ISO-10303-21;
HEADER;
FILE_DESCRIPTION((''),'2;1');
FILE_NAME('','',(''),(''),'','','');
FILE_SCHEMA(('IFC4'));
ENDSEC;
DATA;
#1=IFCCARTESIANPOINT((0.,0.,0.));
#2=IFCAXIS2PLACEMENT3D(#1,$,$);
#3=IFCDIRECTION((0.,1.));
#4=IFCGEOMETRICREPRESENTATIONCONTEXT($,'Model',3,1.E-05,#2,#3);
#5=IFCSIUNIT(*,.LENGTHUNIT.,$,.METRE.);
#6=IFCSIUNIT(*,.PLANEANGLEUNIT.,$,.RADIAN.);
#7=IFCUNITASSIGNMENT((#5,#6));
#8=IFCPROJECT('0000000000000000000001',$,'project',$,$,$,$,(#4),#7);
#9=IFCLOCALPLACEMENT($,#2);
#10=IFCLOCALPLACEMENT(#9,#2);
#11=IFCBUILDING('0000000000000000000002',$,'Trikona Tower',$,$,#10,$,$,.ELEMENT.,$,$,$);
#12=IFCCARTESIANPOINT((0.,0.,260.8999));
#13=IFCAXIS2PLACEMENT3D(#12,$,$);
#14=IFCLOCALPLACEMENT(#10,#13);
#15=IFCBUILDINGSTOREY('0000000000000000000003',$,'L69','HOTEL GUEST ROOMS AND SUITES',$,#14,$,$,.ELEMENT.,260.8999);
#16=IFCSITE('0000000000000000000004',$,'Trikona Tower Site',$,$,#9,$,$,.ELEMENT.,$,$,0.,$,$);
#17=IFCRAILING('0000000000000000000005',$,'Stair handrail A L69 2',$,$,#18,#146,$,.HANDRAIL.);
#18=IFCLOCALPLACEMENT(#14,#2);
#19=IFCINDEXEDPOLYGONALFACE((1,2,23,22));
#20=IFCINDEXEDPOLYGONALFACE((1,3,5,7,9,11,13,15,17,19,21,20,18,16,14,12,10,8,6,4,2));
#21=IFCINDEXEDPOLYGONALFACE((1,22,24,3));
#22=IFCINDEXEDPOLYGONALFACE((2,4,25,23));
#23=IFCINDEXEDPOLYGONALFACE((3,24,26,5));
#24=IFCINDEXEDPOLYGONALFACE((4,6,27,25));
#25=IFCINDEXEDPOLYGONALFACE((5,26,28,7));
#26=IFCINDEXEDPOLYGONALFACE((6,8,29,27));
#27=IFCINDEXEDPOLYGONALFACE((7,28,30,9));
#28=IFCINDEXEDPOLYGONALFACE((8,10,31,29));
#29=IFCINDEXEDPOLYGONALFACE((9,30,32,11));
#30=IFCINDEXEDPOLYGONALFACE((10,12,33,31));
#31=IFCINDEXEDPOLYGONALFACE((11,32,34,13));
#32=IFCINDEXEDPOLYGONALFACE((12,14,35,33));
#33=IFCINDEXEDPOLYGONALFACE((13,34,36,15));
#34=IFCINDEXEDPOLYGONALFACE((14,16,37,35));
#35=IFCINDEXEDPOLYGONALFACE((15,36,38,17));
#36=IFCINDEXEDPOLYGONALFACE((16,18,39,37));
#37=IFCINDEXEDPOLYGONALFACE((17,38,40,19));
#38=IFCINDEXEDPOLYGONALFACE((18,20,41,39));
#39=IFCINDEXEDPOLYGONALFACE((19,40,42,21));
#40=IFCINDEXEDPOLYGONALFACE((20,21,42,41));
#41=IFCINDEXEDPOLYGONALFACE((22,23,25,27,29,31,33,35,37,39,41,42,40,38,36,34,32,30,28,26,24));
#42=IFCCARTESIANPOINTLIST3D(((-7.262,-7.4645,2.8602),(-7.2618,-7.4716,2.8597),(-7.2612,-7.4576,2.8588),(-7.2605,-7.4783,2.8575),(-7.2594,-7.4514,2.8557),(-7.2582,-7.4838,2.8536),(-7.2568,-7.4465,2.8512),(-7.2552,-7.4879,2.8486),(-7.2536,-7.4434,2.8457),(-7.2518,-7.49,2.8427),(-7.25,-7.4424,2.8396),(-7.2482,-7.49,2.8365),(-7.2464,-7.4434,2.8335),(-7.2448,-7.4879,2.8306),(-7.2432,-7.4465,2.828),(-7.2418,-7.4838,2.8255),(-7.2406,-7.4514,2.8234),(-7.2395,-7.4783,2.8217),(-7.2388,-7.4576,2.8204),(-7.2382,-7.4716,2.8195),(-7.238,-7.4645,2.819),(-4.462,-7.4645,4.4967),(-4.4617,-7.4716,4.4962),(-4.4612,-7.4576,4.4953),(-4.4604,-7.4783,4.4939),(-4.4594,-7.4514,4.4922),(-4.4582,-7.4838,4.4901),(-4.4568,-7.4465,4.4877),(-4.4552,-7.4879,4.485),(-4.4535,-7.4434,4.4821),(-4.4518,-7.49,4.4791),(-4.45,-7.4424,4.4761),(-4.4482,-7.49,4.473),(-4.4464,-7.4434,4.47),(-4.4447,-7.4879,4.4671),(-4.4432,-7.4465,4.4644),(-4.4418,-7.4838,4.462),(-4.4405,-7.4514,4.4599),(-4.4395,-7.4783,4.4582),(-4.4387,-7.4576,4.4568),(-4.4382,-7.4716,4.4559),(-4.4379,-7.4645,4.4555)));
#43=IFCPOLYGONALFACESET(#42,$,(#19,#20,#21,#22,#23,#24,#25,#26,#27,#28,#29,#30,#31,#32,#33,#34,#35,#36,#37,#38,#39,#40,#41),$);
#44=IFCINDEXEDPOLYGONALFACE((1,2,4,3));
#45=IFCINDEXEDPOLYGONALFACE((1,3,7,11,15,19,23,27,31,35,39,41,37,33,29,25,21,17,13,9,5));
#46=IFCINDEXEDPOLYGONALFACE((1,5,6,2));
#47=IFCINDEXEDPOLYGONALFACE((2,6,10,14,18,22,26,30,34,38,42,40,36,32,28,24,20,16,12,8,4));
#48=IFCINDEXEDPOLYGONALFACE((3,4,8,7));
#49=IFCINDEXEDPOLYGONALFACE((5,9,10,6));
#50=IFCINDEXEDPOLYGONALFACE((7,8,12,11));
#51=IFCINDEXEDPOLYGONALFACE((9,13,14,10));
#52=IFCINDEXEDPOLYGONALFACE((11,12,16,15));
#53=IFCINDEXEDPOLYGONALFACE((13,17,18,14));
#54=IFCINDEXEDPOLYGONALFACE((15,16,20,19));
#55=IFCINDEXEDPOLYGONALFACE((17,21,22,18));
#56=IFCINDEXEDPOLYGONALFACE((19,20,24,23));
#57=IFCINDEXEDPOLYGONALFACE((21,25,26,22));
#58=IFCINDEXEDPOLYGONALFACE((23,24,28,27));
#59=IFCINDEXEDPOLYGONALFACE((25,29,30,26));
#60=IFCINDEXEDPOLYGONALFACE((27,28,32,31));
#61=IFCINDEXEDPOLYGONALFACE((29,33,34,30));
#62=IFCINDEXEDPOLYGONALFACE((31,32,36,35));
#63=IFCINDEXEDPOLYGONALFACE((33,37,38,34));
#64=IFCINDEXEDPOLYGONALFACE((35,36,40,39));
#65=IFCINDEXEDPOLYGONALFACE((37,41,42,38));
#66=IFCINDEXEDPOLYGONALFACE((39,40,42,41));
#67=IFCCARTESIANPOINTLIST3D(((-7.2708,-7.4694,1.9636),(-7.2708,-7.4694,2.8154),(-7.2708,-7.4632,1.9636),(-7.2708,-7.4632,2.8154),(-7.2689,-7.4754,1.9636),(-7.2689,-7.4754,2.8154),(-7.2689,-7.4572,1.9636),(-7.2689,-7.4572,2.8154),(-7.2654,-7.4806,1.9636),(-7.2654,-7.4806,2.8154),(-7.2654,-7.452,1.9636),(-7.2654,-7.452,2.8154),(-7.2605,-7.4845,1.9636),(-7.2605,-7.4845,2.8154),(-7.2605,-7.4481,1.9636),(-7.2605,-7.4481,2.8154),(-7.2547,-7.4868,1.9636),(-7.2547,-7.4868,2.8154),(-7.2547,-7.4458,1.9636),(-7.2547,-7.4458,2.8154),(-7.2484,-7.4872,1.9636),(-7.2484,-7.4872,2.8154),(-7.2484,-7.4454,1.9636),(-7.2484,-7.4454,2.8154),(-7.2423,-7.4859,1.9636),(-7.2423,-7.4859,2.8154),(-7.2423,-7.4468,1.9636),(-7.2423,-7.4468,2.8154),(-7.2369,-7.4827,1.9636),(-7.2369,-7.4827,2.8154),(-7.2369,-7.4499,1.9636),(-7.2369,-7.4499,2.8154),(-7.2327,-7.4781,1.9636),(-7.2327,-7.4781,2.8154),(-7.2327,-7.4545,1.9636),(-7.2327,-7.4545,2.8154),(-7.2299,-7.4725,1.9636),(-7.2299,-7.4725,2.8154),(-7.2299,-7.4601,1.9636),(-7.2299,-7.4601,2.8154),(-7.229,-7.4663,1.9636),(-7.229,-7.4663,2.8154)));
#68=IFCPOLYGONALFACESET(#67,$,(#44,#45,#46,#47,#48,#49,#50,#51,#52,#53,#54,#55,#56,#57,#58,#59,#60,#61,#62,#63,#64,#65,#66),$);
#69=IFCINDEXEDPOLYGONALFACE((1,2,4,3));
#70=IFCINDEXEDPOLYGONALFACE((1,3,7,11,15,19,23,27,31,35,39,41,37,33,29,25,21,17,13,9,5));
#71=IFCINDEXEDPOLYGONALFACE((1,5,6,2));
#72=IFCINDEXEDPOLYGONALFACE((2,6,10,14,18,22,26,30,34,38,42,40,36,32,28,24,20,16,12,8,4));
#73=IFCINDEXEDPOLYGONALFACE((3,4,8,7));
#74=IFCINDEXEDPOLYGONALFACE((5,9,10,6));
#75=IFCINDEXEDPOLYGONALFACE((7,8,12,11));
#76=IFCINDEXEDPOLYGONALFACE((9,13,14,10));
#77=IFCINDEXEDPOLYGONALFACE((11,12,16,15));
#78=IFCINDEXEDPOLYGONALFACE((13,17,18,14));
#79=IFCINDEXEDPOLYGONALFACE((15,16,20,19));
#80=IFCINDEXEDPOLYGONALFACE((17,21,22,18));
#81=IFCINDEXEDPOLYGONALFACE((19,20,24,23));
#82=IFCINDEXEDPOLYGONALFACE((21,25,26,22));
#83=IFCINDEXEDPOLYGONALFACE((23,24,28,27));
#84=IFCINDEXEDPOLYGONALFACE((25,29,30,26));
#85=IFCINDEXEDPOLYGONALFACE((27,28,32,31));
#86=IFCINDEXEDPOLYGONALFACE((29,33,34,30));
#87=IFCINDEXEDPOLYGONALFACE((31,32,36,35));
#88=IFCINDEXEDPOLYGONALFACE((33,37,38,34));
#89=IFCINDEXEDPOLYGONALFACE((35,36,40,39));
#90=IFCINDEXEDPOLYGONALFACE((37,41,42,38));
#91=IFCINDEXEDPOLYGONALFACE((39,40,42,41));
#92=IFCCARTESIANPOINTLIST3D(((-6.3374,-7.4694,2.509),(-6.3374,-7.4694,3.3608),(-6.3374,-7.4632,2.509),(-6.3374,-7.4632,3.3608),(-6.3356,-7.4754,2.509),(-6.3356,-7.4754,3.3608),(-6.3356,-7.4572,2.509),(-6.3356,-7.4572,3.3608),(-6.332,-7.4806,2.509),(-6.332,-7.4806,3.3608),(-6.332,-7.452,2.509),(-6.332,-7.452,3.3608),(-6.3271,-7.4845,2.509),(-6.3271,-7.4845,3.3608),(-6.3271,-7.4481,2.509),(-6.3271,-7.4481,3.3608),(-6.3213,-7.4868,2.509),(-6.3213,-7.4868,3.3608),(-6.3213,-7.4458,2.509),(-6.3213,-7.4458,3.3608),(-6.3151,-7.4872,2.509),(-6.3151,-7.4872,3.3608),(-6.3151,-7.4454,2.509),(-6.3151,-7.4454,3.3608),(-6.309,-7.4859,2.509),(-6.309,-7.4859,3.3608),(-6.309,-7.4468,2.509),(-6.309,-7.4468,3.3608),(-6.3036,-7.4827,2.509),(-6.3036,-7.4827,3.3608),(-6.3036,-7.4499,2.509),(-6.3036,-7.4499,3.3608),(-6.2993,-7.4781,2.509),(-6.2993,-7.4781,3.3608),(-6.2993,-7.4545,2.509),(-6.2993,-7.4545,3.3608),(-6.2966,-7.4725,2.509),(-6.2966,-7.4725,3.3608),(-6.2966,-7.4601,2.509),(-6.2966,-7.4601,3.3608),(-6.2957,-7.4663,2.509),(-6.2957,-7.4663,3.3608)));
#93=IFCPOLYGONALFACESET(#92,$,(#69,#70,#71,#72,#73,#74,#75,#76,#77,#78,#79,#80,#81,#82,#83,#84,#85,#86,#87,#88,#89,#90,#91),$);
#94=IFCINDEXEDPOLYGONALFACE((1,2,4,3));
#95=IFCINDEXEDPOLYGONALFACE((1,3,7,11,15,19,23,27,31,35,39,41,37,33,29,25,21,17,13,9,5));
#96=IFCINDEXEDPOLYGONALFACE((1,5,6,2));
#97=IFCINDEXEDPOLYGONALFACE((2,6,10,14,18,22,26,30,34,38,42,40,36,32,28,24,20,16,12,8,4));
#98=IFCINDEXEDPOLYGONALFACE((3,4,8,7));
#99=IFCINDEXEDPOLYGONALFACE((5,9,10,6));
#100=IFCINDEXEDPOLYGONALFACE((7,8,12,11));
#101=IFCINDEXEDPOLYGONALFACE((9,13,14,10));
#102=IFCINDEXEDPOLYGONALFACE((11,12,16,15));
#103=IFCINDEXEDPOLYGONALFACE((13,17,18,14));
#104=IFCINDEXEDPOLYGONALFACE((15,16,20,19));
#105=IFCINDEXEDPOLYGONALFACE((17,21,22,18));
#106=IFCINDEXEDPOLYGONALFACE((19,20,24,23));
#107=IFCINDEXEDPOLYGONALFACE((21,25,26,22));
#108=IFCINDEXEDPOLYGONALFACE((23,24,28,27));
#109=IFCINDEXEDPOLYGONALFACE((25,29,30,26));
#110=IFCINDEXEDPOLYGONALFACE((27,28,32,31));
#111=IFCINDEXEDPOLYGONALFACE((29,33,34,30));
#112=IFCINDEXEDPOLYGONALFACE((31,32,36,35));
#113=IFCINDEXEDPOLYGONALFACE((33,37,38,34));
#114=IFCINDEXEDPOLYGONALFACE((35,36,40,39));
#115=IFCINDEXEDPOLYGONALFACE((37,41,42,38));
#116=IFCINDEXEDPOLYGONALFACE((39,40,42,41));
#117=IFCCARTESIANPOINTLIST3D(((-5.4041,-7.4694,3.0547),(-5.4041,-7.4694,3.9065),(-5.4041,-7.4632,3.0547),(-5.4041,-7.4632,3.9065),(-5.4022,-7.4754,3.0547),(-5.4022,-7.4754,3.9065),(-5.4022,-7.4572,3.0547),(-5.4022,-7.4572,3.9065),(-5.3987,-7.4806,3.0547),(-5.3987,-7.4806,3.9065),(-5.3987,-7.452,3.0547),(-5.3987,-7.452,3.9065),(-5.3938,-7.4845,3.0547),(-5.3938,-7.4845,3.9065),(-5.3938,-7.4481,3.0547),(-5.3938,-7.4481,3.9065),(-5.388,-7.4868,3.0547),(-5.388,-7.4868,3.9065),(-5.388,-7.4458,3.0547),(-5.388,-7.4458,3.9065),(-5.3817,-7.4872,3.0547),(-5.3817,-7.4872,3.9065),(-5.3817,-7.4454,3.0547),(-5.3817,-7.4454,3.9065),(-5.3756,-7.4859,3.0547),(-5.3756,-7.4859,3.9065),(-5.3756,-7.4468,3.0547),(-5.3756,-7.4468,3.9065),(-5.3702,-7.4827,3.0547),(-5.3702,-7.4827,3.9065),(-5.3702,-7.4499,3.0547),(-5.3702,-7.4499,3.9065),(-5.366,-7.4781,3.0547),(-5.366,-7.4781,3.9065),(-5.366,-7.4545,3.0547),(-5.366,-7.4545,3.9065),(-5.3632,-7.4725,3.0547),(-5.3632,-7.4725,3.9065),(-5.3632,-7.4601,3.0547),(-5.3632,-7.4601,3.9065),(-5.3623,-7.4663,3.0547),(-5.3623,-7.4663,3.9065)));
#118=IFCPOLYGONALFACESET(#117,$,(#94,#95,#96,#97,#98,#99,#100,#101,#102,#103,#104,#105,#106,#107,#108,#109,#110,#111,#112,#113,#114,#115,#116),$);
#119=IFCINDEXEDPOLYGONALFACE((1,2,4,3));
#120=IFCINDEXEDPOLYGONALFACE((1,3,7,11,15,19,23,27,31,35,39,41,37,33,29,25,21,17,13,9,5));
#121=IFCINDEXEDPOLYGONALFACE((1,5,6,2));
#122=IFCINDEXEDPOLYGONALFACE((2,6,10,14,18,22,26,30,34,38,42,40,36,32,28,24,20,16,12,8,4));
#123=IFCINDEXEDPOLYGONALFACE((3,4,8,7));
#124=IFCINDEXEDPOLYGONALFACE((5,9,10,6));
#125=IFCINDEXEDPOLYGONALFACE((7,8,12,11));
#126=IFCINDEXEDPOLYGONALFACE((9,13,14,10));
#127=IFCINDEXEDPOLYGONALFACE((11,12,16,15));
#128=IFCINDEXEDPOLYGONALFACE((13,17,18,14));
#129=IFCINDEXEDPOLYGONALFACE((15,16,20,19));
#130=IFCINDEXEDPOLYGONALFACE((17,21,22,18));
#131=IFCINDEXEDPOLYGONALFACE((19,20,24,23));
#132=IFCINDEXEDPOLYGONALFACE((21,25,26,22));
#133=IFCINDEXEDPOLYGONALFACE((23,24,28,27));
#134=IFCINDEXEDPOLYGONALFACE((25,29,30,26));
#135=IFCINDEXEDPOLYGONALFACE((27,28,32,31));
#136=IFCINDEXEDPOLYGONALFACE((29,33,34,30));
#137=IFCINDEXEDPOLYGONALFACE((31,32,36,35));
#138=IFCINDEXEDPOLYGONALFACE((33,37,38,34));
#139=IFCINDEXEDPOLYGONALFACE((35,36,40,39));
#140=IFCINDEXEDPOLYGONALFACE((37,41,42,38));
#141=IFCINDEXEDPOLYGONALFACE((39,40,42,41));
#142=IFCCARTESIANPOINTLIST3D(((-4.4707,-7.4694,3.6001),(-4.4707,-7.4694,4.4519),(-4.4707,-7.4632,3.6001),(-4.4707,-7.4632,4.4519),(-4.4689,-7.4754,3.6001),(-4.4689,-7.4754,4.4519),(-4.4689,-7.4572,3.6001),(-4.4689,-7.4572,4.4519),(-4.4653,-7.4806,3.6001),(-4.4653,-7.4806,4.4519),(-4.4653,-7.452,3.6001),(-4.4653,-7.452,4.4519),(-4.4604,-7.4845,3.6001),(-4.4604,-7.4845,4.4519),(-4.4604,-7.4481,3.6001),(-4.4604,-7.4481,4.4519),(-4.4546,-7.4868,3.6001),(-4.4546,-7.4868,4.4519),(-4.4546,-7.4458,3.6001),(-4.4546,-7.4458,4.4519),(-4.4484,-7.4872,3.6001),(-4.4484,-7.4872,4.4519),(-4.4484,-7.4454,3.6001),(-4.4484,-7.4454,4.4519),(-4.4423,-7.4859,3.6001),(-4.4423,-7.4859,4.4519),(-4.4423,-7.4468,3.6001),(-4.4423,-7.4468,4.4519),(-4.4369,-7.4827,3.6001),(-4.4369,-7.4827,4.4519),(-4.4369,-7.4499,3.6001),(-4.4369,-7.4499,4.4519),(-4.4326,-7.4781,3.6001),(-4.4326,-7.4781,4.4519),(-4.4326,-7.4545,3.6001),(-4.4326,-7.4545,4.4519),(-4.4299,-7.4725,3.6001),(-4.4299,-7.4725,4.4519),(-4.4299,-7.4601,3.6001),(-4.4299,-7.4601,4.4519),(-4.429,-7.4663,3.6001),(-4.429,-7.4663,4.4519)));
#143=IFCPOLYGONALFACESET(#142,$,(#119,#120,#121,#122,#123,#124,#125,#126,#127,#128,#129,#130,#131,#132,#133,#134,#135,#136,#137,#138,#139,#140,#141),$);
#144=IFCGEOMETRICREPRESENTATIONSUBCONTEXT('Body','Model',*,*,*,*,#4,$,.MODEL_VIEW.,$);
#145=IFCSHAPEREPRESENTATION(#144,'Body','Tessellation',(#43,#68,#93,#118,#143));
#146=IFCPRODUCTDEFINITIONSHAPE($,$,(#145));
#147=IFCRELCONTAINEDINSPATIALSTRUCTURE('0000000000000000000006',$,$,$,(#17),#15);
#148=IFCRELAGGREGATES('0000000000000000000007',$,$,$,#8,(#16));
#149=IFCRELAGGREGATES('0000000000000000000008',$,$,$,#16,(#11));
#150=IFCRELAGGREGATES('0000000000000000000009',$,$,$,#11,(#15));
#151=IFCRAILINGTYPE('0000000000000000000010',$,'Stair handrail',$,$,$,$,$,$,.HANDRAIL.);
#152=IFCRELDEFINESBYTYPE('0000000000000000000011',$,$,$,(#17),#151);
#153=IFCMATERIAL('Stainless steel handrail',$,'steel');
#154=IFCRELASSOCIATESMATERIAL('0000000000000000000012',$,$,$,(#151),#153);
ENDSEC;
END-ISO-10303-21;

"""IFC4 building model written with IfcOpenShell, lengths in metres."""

from ifc_helpers import new_model, si_unit, direction, frame, origin, origin_2d, place, context, subcontext, project, spatial, circle, extrude, material, type_object, element, save


model = new_model("IFC4")

# Units and contexts
model_context = context("Model", 3, precision=1e-05, world=origin(), true_north=direction((0.0, 1.0)))
body_context = subcontext(model_context, "Body", "Model", "MODEL_VIEW")
ifc_project = project(units=[si_unit("LENGTHUNIT", "METRE"), si_unit("PLANEANGLEUNIT", "RADIAN")], contexts=[model_context])

# Site, building, storey
site_placement = place(None, origin())
site = spatial("IfcSite", under=ifc_project, at=site_placement, Name="Trikona Tower Site", CompositionType="ELEMENT", RefElevation=0.0)
building_placement = place(site_placement, origin())
building = spatial("IfcBuilding", under=site, at=building_placement, Name="Trikona Tower", CompositionType="ELEMENT")
storey_placement = place(building_placement, frame((0.0, 0.0, 260.8999)))
storey = spatial("IfcBuildingStorey", under=building, at=storey_placement, Name="L69", Description="HOTEL GUEST ROOMS AND SUITES", CompositionType="ELEMENT", Elevation=260.8999)

# Railing
ifc_material_1 = material(Name="Stainless steel handrail", Category="steel")
railing_type = type_object("IfcRailingType", Name="Stair handrail", PredefinedType="HANDRAIL", material=ifc_material_1)
railing_1_placement = place(storey_placement, frame((-7.25, -7.4663, 1.9636)))
element("IfcRailing", 1, at=railing_1_placement, inside=storey, type_object=railing_type, Name="Stair handrail A L69 2", PredefinedType="HANDRAIL", context=body_context, shape_type="SweptSolid", body=[
    extrude(circle(Radius=0.0239, at=origin_2d()), frame((0.0, 0.0, 0.876), z_axis=(0.863361, 0.0, 0.504587), x_axis=(0.0, 1.0, 0.0)), (0.0, 0.0, 1.0), 3.2432),
    extrude(circle(Radius=0.021, at=origin_2d()), origin(), (0.0, 0.0, 1.0), 0.8518),
    extrude(circle(Radius=0.021, at=origin_2d()), frame((0.9333, 0.0, 0.5454)), (0.0, 0.0, 1.0), 0.8518),
    extrude(circle(Radius=0.021, at=origin_2d()), frame((1.8667, 0.0, 1.0911)), (0.0, 0.0, 1.0), 0.8518),
    extrude(circle(Radius=0.021, at=origin_2d()), frame((2.8, 0.0, 1.6365)), (0.0, 0.0, 1.0), 0.8518),
])

save(model, "model.ifc")
